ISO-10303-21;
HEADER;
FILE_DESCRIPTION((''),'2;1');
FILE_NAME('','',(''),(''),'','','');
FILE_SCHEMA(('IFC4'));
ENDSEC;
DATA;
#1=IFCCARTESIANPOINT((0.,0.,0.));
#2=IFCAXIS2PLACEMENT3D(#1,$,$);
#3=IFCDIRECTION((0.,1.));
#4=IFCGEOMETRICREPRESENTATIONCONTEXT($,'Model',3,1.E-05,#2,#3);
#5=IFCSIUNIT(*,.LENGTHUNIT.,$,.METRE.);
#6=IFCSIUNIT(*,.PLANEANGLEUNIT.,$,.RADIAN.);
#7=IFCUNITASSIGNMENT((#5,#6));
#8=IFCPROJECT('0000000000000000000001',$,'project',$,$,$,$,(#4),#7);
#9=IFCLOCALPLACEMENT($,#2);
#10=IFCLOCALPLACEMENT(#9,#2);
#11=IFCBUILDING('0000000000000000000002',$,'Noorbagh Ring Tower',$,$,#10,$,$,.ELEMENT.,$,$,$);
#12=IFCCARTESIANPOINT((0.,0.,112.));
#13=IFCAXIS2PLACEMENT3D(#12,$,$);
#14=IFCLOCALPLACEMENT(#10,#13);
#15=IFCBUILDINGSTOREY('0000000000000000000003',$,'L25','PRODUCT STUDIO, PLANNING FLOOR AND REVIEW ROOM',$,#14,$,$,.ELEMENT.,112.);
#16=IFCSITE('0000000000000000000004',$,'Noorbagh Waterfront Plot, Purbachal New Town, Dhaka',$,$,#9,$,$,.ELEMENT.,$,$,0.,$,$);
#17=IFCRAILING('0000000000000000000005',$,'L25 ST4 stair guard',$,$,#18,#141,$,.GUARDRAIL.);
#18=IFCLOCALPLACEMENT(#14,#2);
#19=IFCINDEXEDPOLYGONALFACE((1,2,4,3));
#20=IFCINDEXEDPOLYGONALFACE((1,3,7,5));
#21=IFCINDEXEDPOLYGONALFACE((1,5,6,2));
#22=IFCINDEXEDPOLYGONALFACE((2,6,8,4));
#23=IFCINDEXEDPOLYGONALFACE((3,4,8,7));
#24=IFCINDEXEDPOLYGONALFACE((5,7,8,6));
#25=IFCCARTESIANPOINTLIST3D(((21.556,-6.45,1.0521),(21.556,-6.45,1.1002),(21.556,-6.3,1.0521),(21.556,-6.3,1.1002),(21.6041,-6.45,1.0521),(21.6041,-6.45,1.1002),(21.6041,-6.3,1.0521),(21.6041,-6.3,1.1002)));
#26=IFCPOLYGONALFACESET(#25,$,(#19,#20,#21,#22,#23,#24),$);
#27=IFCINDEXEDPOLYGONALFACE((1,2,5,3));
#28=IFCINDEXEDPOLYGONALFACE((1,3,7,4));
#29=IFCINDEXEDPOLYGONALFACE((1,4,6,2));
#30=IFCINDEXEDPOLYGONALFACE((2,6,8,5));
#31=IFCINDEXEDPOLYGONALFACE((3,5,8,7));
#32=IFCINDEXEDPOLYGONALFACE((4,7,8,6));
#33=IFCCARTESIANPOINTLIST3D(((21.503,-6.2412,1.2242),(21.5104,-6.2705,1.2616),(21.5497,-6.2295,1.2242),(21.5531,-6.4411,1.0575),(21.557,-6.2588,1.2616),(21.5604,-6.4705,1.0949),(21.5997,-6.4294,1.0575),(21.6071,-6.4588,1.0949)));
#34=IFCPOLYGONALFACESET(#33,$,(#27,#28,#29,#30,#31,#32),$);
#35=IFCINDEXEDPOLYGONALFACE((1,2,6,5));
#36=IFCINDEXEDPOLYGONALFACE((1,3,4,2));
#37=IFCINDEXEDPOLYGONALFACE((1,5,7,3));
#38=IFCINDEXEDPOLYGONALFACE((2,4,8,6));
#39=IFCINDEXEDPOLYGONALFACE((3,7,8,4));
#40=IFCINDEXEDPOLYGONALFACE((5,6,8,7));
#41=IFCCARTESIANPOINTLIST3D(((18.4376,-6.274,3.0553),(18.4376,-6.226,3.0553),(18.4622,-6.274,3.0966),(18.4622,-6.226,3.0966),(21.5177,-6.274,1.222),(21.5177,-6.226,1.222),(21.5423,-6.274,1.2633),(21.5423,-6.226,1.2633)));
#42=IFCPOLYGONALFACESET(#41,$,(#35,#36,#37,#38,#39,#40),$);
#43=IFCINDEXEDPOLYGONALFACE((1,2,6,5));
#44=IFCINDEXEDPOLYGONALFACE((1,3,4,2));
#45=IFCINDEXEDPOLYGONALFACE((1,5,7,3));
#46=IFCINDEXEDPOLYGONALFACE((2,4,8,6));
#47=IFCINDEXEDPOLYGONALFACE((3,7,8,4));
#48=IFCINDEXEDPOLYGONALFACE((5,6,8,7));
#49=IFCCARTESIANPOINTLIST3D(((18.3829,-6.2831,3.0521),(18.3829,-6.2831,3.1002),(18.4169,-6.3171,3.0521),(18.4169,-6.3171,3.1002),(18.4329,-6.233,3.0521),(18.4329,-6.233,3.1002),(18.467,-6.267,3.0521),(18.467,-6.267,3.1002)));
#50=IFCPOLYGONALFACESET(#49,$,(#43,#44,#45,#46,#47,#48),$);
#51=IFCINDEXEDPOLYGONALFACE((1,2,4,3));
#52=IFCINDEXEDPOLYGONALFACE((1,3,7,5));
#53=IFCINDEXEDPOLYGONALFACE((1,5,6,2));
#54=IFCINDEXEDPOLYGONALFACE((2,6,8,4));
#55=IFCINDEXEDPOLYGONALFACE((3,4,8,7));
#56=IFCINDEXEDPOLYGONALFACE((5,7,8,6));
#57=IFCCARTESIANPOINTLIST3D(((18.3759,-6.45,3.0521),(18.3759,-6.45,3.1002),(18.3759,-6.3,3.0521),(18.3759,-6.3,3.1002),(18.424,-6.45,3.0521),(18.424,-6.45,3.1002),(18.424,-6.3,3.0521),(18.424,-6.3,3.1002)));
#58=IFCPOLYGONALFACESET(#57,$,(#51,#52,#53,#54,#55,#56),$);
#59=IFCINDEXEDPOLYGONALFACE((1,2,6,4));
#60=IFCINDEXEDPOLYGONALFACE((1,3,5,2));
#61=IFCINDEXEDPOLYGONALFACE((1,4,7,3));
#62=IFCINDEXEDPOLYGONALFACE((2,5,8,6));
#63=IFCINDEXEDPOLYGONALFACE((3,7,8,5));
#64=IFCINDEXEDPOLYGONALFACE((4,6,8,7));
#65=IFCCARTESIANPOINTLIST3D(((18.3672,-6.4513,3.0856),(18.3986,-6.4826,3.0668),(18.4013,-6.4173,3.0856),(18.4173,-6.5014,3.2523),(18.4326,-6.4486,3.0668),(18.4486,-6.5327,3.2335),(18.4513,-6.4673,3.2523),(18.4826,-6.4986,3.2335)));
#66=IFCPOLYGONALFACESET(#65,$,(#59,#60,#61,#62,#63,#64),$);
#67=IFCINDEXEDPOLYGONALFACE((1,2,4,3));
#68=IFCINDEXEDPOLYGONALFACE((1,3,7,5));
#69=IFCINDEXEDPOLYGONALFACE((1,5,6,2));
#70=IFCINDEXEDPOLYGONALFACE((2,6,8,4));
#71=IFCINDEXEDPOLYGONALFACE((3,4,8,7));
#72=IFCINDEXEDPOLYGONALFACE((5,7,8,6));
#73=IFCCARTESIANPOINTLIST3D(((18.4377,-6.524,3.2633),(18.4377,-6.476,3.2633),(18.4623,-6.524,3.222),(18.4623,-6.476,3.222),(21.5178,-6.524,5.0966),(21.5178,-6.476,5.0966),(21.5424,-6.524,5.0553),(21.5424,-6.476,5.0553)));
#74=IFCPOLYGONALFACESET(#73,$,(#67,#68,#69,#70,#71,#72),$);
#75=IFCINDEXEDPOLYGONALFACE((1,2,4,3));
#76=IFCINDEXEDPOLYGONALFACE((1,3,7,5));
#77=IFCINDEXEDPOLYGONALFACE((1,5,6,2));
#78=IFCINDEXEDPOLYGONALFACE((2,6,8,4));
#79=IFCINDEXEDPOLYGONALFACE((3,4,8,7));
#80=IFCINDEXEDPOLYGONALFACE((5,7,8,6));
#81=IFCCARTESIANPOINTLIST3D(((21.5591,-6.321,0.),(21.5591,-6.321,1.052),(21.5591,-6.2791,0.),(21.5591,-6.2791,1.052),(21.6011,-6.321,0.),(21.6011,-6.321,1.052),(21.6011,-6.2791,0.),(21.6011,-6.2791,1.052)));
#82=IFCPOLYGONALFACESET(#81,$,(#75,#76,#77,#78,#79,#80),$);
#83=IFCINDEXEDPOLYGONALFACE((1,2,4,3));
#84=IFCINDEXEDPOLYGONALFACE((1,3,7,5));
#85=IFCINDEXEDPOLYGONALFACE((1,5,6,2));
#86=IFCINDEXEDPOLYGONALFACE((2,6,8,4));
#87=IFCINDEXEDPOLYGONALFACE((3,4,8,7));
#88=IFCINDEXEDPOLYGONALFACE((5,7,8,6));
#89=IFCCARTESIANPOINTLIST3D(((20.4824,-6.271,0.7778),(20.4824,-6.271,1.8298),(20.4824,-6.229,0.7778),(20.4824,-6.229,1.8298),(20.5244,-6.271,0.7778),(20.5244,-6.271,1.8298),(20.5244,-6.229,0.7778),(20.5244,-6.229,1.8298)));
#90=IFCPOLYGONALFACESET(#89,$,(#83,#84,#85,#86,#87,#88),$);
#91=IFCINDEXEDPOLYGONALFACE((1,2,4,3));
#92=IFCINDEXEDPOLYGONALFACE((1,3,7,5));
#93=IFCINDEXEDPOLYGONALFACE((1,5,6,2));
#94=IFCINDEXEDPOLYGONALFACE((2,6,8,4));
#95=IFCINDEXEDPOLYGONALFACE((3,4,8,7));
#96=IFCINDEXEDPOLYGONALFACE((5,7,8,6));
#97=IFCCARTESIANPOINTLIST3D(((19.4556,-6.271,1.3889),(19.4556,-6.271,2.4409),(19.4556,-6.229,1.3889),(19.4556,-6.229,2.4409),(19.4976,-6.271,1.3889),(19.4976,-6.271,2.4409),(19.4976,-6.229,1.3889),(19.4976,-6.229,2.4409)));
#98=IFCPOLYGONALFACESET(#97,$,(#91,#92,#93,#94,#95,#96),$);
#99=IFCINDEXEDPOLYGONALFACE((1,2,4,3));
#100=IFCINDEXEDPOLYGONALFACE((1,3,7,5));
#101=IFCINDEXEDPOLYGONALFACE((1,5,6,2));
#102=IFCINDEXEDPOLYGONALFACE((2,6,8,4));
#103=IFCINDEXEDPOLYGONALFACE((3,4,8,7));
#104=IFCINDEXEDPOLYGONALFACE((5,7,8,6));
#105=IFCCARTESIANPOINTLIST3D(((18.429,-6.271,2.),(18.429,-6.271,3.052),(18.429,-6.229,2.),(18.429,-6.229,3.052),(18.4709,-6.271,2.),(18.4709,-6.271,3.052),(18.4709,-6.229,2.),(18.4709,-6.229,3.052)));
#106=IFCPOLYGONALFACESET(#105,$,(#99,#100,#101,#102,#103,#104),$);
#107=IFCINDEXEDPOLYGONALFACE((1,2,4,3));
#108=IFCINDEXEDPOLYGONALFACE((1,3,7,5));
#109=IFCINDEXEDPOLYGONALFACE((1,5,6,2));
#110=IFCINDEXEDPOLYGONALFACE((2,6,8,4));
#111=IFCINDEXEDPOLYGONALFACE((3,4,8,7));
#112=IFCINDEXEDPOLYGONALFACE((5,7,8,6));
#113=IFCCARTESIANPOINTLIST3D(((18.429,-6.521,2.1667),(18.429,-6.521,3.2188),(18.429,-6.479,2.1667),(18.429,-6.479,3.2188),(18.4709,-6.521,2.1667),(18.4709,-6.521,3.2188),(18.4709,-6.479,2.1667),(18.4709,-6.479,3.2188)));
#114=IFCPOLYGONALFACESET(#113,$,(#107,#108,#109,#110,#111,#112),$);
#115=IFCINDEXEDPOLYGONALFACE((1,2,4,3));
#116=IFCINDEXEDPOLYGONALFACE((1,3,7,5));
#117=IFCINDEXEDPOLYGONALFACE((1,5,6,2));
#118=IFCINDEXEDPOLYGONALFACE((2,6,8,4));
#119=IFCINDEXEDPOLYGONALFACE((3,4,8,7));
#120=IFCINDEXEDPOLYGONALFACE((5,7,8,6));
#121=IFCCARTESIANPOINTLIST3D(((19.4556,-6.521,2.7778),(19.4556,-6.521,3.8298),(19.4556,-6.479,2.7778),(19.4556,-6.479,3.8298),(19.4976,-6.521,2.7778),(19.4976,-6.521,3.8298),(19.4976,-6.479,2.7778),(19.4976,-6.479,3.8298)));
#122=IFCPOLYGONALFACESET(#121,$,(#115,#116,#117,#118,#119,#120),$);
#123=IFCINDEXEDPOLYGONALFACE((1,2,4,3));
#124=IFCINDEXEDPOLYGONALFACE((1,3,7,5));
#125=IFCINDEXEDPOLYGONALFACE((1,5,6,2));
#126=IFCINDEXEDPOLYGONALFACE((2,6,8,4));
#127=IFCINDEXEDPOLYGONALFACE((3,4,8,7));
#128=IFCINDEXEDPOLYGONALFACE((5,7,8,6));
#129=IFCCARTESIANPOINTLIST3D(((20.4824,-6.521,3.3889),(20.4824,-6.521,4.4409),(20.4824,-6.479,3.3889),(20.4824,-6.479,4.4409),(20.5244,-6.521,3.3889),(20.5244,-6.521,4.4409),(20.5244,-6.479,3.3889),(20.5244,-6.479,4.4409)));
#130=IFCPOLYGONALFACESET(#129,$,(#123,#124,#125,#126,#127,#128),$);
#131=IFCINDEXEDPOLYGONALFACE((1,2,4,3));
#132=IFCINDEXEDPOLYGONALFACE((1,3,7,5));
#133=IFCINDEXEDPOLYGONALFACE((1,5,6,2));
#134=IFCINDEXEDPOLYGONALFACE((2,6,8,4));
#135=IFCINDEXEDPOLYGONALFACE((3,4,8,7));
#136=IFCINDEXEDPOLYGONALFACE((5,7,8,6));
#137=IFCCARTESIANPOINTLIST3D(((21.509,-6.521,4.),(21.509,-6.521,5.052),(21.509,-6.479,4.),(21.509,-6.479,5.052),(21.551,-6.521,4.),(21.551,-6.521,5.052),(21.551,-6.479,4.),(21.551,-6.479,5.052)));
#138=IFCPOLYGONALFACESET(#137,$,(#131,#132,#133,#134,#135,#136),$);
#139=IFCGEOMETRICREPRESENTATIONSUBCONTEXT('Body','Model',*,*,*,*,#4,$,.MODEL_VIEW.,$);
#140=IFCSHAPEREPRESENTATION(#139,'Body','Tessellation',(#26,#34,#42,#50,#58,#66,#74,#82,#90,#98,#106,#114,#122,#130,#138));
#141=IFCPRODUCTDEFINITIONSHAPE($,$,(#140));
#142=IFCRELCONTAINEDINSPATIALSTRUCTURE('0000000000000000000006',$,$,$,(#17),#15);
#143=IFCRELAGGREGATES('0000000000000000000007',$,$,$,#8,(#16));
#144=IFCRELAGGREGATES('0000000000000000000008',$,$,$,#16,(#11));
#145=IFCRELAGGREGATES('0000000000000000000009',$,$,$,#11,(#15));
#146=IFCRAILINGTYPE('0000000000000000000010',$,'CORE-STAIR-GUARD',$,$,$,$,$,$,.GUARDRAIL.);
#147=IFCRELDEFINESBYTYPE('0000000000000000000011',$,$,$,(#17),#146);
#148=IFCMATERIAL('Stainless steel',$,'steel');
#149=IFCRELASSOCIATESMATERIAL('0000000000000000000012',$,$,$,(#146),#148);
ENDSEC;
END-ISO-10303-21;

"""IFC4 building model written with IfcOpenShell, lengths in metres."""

from ifc_helpers import new_model, si_unit, direction, frame, origin, origin_2d, place, context, subcontext, project, spatial, rectangle, extrude, material, type_object, element, save


model = new_model("IFC4")

# Units and contexts
model_context = context("Model", 3, precision=1e-05, world=origin(), true_north=direction((0.0, 1.0)))
body_context = subcontext(model_context, "Body", "Model", "MODEL_VIEW")
ifc_project = project(units=[si_unit("LENGTHUNIT", "METRE"), si_unit("PLANEANGLEUNIT", "RADIAN")], contexts=[model_context])

# Site, building, storey
site_placement = place(None, origin())
site = spatial("IfcSite", under=ifc_project, at=site_placement, Name="Noorbagh Waterfront Plot, Purbachal New Town, Dhaka", CompositionType="ELEMENT", RefElevation=0.0)
building_placement = place(site_placement, origin())
building = spatial("IfcBuilding", under=site, at=building_placement, Name="Noorbagh Ring Tower", CompositionType="ELEMENT")
storey_placement = place(building_placement, frame((0.0, 0.0, 112.0)))
storey = spatial("IfcBuildingStorey", under=building, at=storey_placement, Name="L25", Description="PRODUCT STUDIO, PLANNING FLOOR AND REVIEW ROOM", CompositionType="ELEMENT", Elevation=112.0)

# Railing
ifc_material_1 = material(Name="Stainless steel", Category="steel")
railing_type_1 = type_object("IfcRailingType", Name="CORE-STAIR-GUARD", PredefinedType="GUARDRAIL", material=ifc_material_1)
railing_1_placement = place(storey_placement, frame((21.5801, -6.3, 0.0)))
element("IfcRailing", 1, at=railing_1_placement, inside=storey, type_object=railing_type_1, Name="L25 ST4 stair guard", PredefinedType="GUARDRAIL", context=body_context, shape_type="SweptSolid", body=[
    extrude(rectangle(XDim=0.0481, YDim=0.0481, at=origin_2d()), frame((0.0, 0.0, 1.0762), z_axis=(0.0, -1.0, 0.0), x_axis=(1.0, 0.0, 0.0)), (0.0, 0.0, 1.0), 0.1499),
    extrude(rectangle(XDim=0.0481, YDim=0.0481, at=origin_2d()), frame((0.0, -0.1499, 1.0762), z_axis=(-0.188776, 0.754182, 0.628946), x_axis=(-0.970073, -0.242814, 0.0)), (0.0, 0.0, 1.0), 0.2651),
    extrude(rectangle(XDim=0.0481, YDim=0.0481, at=origin_2d()), frame((-0.05, 0.05, 1.2427), z_axis=(-0.859309, 0.0, 0.511458), x_axis=(0.0, -1.0, 0.0)), (0.0, 0.0, 1.0), 3.5845),
    extrude(rectangle(XDim=0.0481, YDim=0.0481, at=origin_2d()), frame((-3.1301, 0.05, 3.0762), z_axis=(-0.707107, -0.707107, 0.0), x_axis=(0.707107, -0.707107, 0.0)), (0.0, 0.0, 1.0), 0.0708),
    extrude(rectangle(XDim=0.0481, YDim=0.0481, at=origin_2d()), frame((-3.1802, 0.0, 3.0762), z_axis=(0.0, -1.0, 0.0), x_axis=(1.0, 0.0, 0.0)), (0.0, 0.0, 1.0), 0.1499),
    extrude(rectangle(XDim=0.0481, YDim=0.0481, at=origin_2d()), frame((-3.1802, -0.1499, 3.0762), z_axis=(0.276287, -0.276287, 0.920506), x_axis=(0.707107, 0.707107, 0.0)), (0.0, 0.0, 1.0), 0.1812),
    extrude(rectangle(XDim=0.0481, YDim=0.0481, at=origin_2d()), frame((-3.1301, -0.2, 3.2427), z_axis=(0.859309, 0.0, 0.511458), x_axis=(0.0, 1.0, 0.0)), (0.0, 0.0, 1.0), 3.5845),
    extrude(rectangle(XDim=0.042, YDim=0.042, at=origin_2d()), origin(), (0.0, 0.0, 1.0), 1.052),
    extrude(rectangle(XDim=0.042, YDim=0.042, at=origin_2d()), frame((-1.0767, 0.05, 0.7778)), (0.0, 0.0, 1.0), 1.052),
    extrude(rectangle(XDim=0.042, YDim=0.042, at=origin_2d()), frame((-2.1035, 0.05, 1.3889)), (0.0, 0.0, 1.0), 1.052),
    extrude(rectangle(XDim=0.042, YDim=0.042, at=origin_2d()), frame((-3.1301, 0.05, 2.0)), (0.0, 0.0, 1.0), 1.052),
    extrude(rectangle(XDim=0.042, YDim=0.042, at=origin_2d()), frame((-3.1301, -0.2, 2.1667)), (0.0, 0.0, 1.0), 1.052),
    extrude(rectangle(XDim=0.042, YDim=0.042, at=origin_2d()), frame((-2.1035, -0.2, 2.7778)), (0.0, 0.0, 1.0), 1.052),
    extrude(rectangle(XDim=0.042, YDim=0.042, at=origin_2d()), frame((-1.0767, -0.2, 3.3889)), (0.0, 0.0, 1.0), 1.052),
    extrude(rectangle(XDim=0.042, YDim=0.042, at=origin_2d()), frame((-0.05, -0.2, 4.0)), (0.0, 0.0, 1.0), 1.052),
])

save(model, "model.ifc")
